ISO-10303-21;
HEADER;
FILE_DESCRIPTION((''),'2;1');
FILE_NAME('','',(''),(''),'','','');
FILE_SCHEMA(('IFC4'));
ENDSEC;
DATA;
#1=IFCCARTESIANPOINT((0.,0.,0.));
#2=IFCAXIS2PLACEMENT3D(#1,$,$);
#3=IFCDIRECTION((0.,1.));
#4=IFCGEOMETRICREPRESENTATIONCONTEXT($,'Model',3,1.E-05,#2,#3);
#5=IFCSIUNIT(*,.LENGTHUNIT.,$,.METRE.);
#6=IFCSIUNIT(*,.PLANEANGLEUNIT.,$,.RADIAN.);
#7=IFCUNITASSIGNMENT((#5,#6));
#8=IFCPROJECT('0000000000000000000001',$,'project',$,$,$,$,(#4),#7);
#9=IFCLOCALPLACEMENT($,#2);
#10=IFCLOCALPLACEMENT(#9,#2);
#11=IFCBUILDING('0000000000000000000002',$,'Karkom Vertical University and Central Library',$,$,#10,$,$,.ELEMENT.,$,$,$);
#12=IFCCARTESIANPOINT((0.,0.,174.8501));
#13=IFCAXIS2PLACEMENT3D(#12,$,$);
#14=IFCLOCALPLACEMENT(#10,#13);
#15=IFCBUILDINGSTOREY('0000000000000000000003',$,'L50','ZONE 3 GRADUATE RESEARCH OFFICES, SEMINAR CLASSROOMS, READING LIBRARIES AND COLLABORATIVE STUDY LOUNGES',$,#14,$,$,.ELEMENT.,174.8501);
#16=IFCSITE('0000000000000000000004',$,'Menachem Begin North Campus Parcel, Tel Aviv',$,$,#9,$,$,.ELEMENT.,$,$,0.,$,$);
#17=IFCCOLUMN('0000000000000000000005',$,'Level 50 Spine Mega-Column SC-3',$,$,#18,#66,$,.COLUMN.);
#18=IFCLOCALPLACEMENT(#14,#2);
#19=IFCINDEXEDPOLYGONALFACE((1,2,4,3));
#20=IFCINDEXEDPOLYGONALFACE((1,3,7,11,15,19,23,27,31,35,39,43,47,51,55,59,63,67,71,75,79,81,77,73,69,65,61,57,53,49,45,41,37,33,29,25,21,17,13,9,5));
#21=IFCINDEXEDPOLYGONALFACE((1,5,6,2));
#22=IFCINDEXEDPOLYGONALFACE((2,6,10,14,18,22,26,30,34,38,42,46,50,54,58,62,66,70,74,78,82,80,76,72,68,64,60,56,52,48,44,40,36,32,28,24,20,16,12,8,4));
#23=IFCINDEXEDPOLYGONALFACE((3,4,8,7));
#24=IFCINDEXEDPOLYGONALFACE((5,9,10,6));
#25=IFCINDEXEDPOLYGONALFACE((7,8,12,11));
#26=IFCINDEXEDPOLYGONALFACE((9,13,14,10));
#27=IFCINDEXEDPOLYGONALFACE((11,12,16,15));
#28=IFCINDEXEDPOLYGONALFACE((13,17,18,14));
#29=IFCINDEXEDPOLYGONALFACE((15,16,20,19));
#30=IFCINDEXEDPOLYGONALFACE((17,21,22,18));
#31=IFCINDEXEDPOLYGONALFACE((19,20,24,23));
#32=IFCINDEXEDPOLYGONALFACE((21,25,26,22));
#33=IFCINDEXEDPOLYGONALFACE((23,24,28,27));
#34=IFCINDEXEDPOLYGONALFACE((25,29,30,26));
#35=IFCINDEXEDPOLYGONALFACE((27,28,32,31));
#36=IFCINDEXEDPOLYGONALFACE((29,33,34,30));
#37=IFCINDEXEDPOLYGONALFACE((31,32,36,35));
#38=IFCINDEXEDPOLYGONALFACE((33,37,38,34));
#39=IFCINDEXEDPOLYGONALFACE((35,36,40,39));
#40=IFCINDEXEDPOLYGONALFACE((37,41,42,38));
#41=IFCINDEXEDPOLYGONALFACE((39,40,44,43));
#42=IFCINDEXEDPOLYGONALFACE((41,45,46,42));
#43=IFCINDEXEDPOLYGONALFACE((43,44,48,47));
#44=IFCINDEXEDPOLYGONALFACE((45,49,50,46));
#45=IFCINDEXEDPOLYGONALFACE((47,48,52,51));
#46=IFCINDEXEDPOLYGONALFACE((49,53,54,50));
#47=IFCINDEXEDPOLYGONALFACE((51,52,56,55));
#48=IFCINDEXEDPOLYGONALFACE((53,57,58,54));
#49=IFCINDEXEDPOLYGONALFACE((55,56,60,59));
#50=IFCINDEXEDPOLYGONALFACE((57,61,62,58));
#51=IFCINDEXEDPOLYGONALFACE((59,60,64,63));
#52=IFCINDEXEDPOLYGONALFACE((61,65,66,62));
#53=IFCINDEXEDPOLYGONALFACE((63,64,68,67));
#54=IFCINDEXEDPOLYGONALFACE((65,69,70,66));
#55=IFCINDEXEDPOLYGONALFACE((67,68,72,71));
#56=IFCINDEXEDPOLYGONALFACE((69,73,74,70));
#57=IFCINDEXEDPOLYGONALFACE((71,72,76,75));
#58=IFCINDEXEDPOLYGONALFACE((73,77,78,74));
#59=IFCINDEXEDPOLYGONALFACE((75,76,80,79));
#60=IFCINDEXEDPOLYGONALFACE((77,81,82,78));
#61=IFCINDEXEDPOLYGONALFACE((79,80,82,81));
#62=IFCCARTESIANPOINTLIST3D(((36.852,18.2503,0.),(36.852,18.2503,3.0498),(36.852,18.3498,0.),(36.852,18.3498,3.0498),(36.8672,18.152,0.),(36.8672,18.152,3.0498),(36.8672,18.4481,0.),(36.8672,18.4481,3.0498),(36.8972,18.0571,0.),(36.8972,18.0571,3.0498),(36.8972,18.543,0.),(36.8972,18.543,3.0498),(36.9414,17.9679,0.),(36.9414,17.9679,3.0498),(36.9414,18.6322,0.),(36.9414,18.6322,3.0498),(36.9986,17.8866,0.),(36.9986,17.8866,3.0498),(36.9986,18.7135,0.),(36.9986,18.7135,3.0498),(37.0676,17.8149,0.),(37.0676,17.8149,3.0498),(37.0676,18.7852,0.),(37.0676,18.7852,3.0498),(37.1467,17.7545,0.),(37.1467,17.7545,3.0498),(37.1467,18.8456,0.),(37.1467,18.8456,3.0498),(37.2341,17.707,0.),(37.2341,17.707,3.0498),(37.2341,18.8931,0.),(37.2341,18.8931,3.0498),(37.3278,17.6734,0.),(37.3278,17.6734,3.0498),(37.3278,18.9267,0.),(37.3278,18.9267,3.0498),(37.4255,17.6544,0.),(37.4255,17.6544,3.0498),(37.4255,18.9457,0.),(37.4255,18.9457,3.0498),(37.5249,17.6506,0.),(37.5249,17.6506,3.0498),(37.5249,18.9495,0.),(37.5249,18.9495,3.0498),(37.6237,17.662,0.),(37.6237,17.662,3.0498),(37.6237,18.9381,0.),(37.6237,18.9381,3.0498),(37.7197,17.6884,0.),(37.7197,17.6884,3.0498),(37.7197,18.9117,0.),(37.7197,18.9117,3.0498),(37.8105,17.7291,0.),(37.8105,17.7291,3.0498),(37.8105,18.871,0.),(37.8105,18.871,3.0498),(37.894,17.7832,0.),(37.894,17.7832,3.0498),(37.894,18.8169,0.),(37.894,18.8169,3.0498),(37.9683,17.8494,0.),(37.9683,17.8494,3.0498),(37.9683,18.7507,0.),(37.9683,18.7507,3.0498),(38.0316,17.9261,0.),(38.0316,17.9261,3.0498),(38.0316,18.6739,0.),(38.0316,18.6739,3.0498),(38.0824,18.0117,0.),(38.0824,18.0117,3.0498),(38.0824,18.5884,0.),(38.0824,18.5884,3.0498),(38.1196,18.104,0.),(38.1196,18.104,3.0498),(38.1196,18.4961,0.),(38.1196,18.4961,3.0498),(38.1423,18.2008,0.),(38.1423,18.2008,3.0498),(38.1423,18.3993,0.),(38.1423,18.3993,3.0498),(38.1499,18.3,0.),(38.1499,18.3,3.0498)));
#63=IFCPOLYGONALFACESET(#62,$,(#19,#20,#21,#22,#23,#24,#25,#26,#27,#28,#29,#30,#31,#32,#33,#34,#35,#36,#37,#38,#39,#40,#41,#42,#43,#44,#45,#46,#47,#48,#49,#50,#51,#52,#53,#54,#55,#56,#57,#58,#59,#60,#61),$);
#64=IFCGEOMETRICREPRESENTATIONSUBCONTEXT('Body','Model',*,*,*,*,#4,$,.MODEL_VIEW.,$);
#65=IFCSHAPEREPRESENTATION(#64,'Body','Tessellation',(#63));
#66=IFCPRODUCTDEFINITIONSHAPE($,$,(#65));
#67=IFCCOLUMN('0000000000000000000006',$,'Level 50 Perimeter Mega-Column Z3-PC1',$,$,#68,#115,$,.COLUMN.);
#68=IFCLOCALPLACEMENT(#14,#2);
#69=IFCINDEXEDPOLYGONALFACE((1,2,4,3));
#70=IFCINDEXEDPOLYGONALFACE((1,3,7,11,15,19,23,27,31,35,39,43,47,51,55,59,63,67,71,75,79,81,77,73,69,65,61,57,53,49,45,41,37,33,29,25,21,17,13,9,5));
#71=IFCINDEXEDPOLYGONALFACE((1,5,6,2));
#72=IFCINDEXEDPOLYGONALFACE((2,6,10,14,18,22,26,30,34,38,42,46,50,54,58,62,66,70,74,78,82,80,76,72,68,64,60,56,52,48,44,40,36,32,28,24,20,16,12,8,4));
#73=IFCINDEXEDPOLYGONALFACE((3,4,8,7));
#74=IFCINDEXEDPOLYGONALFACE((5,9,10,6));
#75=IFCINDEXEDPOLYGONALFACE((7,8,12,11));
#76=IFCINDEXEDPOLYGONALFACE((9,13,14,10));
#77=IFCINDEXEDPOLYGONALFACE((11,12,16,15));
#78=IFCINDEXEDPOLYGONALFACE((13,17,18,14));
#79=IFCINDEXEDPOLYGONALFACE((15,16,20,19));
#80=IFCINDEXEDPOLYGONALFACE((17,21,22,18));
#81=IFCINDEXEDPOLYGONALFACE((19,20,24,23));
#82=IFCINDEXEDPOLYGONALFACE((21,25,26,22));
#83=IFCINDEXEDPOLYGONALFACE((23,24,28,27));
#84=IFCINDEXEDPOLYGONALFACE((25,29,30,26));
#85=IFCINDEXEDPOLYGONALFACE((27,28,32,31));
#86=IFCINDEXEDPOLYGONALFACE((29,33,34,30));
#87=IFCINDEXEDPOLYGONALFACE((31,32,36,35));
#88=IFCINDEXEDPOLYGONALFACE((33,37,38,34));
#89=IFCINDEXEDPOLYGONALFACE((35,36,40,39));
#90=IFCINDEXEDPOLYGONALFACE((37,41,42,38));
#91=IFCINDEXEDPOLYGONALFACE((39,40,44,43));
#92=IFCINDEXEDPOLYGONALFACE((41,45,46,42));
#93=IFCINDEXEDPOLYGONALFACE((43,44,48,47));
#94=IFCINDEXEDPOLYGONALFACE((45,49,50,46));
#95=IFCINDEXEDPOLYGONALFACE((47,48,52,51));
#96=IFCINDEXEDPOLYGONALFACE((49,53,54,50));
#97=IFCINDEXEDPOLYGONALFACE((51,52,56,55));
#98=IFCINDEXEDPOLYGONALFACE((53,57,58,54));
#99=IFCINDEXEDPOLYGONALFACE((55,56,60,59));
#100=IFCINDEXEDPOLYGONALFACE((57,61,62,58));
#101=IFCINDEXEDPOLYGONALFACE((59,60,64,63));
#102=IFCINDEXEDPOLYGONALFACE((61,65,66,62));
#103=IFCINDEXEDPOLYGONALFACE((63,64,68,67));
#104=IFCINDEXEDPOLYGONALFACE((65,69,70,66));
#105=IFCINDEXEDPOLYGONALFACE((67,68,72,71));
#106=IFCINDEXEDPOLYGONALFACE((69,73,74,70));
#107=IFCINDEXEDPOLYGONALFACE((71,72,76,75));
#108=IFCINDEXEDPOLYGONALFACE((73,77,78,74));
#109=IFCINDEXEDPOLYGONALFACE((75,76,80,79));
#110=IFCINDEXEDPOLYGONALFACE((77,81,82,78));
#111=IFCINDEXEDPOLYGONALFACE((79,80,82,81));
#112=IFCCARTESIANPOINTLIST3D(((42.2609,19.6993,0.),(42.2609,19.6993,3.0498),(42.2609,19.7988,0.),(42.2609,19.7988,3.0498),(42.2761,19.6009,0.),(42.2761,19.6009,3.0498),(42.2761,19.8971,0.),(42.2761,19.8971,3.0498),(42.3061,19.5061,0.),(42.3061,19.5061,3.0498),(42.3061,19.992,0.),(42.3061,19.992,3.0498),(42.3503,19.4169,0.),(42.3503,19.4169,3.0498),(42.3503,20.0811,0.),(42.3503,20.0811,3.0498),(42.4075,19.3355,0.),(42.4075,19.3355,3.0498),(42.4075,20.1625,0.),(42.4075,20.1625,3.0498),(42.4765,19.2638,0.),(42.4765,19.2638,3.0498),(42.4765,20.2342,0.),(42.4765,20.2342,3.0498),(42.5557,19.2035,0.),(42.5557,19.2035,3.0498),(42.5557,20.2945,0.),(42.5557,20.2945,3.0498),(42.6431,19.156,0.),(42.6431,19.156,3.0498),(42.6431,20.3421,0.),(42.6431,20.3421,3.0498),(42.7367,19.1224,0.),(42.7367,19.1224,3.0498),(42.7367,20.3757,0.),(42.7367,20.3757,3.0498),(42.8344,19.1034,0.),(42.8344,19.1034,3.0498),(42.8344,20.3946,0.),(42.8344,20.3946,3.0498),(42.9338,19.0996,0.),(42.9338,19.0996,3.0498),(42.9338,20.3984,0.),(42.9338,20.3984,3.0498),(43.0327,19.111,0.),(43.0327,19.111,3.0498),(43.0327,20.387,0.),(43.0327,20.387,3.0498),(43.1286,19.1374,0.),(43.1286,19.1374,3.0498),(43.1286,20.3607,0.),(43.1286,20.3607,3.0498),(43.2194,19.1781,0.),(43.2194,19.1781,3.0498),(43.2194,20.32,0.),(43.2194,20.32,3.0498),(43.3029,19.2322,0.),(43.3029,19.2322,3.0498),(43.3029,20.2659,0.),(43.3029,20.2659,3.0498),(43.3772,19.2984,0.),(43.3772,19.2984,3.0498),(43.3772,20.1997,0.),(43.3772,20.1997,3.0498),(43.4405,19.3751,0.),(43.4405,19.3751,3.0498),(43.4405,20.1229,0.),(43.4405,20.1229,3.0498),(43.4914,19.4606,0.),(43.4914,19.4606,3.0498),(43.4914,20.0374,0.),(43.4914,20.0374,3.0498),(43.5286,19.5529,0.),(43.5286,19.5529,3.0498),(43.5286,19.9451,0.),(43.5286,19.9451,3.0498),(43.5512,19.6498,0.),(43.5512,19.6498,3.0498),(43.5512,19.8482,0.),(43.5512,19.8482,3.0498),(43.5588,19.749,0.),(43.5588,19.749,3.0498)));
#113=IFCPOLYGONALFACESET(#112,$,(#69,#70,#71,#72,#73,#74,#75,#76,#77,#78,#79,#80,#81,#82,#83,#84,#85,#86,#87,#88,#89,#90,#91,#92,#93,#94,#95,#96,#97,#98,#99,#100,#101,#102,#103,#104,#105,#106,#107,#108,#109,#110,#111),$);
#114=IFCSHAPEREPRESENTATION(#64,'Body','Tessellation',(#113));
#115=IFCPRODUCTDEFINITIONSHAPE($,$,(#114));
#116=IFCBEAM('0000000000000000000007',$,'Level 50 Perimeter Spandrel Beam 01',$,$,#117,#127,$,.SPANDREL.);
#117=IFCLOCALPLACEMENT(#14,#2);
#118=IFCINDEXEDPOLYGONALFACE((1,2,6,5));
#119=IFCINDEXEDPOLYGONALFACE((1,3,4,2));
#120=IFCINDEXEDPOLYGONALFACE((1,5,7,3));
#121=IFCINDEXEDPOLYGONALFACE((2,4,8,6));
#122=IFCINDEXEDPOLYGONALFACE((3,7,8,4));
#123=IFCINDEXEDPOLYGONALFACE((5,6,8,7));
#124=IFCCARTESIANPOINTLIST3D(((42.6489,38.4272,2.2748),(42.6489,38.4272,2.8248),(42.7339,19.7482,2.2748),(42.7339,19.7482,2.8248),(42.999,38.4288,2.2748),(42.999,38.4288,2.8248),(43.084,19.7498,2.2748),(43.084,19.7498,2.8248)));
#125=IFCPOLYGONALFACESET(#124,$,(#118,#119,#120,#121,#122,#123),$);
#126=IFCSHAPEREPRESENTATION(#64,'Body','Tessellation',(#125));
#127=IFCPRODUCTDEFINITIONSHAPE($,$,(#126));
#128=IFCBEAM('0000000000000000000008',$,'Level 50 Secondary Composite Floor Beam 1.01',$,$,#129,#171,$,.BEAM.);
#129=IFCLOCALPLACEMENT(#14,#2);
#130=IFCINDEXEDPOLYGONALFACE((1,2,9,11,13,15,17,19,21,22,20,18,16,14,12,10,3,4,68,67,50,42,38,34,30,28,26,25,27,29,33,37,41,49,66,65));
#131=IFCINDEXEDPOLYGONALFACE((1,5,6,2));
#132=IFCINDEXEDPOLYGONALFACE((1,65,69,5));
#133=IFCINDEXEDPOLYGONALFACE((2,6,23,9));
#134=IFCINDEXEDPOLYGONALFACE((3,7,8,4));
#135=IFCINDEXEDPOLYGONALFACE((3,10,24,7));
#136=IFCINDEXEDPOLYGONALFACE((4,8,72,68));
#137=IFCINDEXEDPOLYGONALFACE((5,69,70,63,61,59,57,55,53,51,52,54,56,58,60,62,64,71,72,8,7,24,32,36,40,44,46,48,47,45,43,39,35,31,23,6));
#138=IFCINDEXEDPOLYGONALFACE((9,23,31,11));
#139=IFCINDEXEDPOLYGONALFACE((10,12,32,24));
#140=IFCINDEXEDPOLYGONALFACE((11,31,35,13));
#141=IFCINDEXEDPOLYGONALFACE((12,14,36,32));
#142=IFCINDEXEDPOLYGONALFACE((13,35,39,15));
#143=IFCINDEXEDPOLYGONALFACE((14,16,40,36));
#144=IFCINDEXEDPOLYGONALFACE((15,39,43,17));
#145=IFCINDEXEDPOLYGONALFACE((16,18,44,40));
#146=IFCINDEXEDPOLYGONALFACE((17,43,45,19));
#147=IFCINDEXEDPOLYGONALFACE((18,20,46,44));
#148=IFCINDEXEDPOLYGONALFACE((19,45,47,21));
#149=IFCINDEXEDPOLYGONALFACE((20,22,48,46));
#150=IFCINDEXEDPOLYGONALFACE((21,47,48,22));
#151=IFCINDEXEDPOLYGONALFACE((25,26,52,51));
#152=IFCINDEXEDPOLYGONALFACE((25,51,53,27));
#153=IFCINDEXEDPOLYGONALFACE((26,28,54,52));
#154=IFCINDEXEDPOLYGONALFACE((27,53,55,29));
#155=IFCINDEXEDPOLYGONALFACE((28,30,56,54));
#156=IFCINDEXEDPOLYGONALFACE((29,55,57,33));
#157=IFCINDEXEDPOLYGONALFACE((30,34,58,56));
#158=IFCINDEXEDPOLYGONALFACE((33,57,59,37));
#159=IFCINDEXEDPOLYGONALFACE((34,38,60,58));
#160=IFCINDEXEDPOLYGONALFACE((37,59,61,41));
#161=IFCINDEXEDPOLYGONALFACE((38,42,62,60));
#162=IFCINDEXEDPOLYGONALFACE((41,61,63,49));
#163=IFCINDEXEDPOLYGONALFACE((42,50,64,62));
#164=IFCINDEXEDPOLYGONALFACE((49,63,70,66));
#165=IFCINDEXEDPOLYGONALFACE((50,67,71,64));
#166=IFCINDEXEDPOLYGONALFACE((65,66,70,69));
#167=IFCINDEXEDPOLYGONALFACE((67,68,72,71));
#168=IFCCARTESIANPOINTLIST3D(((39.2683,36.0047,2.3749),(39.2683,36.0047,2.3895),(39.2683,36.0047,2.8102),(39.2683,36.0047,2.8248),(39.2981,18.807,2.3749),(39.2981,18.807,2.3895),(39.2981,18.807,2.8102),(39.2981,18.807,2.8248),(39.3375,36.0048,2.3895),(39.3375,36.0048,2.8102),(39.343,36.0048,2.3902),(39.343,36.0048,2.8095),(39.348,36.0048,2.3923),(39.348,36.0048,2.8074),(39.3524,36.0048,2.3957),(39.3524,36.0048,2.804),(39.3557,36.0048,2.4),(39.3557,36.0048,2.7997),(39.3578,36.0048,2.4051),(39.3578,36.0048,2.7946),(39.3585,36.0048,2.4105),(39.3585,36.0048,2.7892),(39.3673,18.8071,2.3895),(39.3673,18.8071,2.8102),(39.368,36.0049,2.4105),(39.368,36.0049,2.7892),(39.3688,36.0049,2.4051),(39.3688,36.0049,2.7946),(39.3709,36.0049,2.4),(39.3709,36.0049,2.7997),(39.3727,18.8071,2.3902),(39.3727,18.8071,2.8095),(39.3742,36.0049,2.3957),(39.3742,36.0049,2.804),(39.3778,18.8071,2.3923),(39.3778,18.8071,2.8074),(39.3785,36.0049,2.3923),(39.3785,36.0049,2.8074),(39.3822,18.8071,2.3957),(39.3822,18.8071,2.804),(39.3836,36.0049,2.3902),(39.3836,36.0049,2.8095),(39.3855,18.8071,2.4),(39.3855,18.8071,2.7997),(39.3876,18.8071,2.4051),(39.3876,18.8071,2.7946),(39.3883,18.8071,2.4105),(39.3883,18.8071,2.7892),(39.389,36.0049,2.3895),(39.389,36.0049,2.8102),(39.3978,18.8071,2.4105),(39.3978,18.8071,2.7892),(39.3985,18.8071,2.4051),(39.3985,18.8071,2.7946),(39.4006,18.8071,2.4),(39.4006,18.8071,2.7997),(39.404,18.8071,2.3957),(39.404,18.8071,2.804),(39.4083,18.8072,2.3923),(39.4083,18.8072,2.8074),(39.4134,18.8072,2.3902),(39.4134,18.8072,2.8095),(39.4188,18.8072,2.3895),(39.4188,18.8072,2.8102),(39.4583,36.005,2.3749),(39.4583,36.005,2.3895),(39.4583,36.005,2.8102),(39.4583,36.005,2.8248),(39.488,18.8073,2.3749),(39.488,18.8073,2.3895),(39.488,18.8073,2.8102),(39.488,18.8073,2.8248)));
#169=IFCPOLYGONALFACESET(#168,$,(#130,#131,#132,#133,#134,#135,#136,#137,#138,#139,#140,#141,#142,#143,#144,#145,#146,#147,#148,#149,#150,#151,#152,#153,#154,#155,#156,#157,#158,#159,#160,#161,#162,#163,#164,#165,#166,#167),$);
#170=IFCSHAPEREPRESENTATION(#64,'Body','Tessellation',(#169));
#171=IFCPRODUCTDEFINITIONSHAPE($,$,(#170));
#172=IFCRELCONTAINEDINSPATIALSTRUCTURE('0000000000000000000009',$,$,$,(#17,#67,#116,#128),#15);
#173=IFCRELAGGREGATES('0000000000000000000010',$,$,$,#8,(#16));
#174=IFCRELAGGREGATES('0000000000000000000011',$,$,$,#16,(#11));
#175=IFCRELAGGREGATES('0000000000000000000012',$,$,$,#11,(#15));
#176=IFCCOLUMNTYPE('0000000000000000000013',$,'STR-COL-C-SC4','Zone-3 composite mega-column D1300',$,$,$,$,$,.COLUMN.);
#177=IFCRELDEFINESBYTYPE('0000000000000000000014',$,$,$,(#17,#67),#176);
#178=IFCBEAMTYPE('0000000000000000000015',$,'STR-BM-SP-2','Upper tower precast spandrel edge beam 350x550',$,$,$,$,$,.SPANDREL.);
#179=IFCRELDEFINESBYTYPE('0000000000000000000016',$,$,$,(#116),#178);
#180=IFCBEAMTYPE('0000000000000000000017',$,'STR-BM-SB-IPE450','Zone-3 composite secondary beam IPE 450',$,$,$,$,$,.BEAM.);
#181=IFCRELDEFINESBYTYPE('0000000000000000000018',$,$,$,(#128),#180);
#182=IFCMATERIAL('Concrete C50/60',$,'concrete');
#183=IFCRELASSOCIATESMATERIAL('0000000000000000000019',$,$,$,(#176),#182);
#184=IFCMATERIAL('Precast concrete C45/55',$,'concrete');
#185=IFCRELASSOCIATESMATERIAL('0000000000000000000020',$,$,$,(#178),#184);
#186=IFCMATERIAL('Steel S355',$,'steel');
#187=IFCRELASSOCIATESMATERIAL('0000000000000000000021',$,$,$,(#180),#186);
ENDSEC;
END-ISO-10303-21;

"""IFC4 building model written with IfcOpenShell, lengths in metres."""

from ifc_helpers import new_model, si_unit, direction, frame, origin, origin_with_axes, origin_2d, place, context, subcontext, project, spatial, rectangle, circle, i_section, extrude, source, transform, mapped, material, material_profile, profile_set, type_object, element, save


model = new_model("IFC4")

# Units and contexts
model_context = context("Model", 3, precision=1e-05, world=origin(), true_north=direction((0.0, 1.0)))
body_context = subcontext(model_context, "Body", "Model", "MODEL_VIEW")
ifc_project = project(units=[si_unit("LENGTHUNIT", "METRE"), si_unit("PLANEANGLEUNIT", "RADIAN")], contexts=[model_context])

# Site, building, storey
site_placement = place(None, origin())
site = spatial("IfcSite", under=ifc_project, at=site_placement, Name="Menachem Begin North Campus Parcel, Tel Aviv", CompositionType="ELEMENT", RefElevation=0.0)
building_placement = place(site_placement, origin())
building = spatial("IfcBuilding", under=site, at=building_placement, Name="Karkom Vertical University and Central Library", CompositionType="ELEMENT")
storey_placement = place(building_placement, frame((0.0, 0.0, 174.8501)))
storey = spatial("IfcBuildingStorey", under=building, at=storey_placement, Name="L50", Description="ZONE 3 GRADUATE RESEARCH OFFICES, SEMINAR CLASSROOMS, READING LIBRARIES AND COLLABORATIVE STUDY LOUNGES", CompositionType="ELEMENT", Elevation=174.8501)

# Columns
ifc_material_1 = material(Name="Concrete C50/60", Category="concrete")
ifc_material_profile_1 = material_profile(ifc_material_1, circle(Radius=0.6499, at=origin_2d()), Name="CFT-D1300")
ifc_profile_set_1 = profile_set([ifc_material_profile_1], Name="Concrete C50/60")
column_type = type_object("IfcColumnType", Name="STR-COL-C-SC4", Description="Zone-3 composite mega-column D1300", PredefinedType="COLUMN", material=ifc_profile_set_1)
shared_shape_1 = source(origin_with_axes(), body_context, "Body", "SweptSolid", [
    extrude(circle(Radius=0.6499, at=origin_2d()), origin(), (0.0, 0.0, 1.0), 3.0498),
])
for number, where, z_axis, x_axis, name in (
    (1, (37.5, 18.3, 0.0), (0.0, 0.0, 1.0), (1.0, 0.0, 0.0), "Level 50 Spine Mega-Column SC-3"),
    (2, (42.9089, 19.749, 0.0), (0.0, 0.0, 1.0), (1.0, 0.0, 0.0), "Level 50 Perimeter Mega-Column Z3-PC1"),
):
    element("IfcColumn", number, at=place(storey_placement, frame(where, z_axis=z_axis, x_axis=x_axis)), inside=storey, type_object=column_type, Name=name, PredefinedType="COLUMN", context=body_context, shape_type="MappedRepresentation", body=[
        mapped(shared_shape_1, transform((0.0, 0.0, 0.0), scale=1.0)),
    ])

# Beams
ifc_material_2 = material(Name="Precast concrete C45/55", Category="concrete")
ifc_material_profile_2 = material_profile(ifc_material_2, rectangle(XDim=0.3501, YDim=0.55, at=origin_2d()), Name="SPB-350x550")
ifc_profile_set_2 = profile_set([ifc_material_profile_2], Name="Precast concrete C45/55")
beam_type_1 = type_object("IfcBeamType", Name="STR-BM-SP-2", Description="Upper tower precast spandrel edge beam 350x550", PredefinedType="SPANDREL", material=ifc_profile_set_2)
shared_shape_2 = source(origin_with_axes(), body_context, "Body", "SweptSolid", [
    extrude(rectangle(XDim=0.3501, YDim=0.55, at=origin_2d()), origin(), (0.0, 0.0, 1.0), 18.6792),
])
beam_1_placement = place(storey_placement, frame((42.9089, 19.749, 2.5498), z_axis=(-0.004548, 0.99999, 0.0), x_axis=(-0.99999, -0.004548, 0.0)))
element("IfcBeam", 3, at=beam_1_placement, inside=storey, type_object=beam_type_1, Name="Level 50 Perimeter Spandrel Beam 01", PredefinedType="SPANDREL", context=body_context, shape_type="MappedRepresentation", body=[
    mapped(shared_shape_2, transform((0.0, 0.0, 0.0), scale=1.0)),
])
ifc_material_3 = material(Name="Steel S355", Category="steel")
ifc_material_profile_3 = material_profile(ifc_material_3, i_section(OverallWidth=0.1899, OverallDepth=0.45, WebThickness=0.0095, FlangeThickness=0.0146, FilletRadius=0.021, at=origin_2d()), Name="IPE 450")
ifc_profile_set_3 = profile_set([ifc_material_profile_3], Name="Steel S355")
beam_type_2 = type_object("IfcBeamType", Name="STR-BM-SB-IPE450", Description="Zone-3 composite secondary beam IPE 450", PredefinedType="BEAM", material=ifc_profile_set_3)
shared_shape_3 = source(origin_with_axes(), body_context, "Body", "SweptSolid", [
    extrude(i_section(OverallWidth=0.1899, OverallDepth=0.45, WebThickness=0.0095, FlangeThickness=0.0146, FilletRadius=0.021, at=origin_2d()), origin(), (0.0, 0.0, 1.0), 17.1978),
])
beam_2_placement = place(storey_placement, frame((39.3931, 18.8071, 2.5999), z_axis=(-0.001732, 0.999999, 0.0), x_axis=(-0.999999, -0.001732, 0.0)))
element("IfcBeam", 4, at=beam_2_placement, inside=storey, type_object=beam_type_2, Name="Level 50 Secondary Composite Floor Beam 1.01", PredefinedType="BEAM", context=body_context, shape_type="MappedRepresentation", body=[
    mapped(shared_shape_3, transform((0.0, 0.0, 0.0), scale=1.0)),
])

save(model, "model.ifc")
